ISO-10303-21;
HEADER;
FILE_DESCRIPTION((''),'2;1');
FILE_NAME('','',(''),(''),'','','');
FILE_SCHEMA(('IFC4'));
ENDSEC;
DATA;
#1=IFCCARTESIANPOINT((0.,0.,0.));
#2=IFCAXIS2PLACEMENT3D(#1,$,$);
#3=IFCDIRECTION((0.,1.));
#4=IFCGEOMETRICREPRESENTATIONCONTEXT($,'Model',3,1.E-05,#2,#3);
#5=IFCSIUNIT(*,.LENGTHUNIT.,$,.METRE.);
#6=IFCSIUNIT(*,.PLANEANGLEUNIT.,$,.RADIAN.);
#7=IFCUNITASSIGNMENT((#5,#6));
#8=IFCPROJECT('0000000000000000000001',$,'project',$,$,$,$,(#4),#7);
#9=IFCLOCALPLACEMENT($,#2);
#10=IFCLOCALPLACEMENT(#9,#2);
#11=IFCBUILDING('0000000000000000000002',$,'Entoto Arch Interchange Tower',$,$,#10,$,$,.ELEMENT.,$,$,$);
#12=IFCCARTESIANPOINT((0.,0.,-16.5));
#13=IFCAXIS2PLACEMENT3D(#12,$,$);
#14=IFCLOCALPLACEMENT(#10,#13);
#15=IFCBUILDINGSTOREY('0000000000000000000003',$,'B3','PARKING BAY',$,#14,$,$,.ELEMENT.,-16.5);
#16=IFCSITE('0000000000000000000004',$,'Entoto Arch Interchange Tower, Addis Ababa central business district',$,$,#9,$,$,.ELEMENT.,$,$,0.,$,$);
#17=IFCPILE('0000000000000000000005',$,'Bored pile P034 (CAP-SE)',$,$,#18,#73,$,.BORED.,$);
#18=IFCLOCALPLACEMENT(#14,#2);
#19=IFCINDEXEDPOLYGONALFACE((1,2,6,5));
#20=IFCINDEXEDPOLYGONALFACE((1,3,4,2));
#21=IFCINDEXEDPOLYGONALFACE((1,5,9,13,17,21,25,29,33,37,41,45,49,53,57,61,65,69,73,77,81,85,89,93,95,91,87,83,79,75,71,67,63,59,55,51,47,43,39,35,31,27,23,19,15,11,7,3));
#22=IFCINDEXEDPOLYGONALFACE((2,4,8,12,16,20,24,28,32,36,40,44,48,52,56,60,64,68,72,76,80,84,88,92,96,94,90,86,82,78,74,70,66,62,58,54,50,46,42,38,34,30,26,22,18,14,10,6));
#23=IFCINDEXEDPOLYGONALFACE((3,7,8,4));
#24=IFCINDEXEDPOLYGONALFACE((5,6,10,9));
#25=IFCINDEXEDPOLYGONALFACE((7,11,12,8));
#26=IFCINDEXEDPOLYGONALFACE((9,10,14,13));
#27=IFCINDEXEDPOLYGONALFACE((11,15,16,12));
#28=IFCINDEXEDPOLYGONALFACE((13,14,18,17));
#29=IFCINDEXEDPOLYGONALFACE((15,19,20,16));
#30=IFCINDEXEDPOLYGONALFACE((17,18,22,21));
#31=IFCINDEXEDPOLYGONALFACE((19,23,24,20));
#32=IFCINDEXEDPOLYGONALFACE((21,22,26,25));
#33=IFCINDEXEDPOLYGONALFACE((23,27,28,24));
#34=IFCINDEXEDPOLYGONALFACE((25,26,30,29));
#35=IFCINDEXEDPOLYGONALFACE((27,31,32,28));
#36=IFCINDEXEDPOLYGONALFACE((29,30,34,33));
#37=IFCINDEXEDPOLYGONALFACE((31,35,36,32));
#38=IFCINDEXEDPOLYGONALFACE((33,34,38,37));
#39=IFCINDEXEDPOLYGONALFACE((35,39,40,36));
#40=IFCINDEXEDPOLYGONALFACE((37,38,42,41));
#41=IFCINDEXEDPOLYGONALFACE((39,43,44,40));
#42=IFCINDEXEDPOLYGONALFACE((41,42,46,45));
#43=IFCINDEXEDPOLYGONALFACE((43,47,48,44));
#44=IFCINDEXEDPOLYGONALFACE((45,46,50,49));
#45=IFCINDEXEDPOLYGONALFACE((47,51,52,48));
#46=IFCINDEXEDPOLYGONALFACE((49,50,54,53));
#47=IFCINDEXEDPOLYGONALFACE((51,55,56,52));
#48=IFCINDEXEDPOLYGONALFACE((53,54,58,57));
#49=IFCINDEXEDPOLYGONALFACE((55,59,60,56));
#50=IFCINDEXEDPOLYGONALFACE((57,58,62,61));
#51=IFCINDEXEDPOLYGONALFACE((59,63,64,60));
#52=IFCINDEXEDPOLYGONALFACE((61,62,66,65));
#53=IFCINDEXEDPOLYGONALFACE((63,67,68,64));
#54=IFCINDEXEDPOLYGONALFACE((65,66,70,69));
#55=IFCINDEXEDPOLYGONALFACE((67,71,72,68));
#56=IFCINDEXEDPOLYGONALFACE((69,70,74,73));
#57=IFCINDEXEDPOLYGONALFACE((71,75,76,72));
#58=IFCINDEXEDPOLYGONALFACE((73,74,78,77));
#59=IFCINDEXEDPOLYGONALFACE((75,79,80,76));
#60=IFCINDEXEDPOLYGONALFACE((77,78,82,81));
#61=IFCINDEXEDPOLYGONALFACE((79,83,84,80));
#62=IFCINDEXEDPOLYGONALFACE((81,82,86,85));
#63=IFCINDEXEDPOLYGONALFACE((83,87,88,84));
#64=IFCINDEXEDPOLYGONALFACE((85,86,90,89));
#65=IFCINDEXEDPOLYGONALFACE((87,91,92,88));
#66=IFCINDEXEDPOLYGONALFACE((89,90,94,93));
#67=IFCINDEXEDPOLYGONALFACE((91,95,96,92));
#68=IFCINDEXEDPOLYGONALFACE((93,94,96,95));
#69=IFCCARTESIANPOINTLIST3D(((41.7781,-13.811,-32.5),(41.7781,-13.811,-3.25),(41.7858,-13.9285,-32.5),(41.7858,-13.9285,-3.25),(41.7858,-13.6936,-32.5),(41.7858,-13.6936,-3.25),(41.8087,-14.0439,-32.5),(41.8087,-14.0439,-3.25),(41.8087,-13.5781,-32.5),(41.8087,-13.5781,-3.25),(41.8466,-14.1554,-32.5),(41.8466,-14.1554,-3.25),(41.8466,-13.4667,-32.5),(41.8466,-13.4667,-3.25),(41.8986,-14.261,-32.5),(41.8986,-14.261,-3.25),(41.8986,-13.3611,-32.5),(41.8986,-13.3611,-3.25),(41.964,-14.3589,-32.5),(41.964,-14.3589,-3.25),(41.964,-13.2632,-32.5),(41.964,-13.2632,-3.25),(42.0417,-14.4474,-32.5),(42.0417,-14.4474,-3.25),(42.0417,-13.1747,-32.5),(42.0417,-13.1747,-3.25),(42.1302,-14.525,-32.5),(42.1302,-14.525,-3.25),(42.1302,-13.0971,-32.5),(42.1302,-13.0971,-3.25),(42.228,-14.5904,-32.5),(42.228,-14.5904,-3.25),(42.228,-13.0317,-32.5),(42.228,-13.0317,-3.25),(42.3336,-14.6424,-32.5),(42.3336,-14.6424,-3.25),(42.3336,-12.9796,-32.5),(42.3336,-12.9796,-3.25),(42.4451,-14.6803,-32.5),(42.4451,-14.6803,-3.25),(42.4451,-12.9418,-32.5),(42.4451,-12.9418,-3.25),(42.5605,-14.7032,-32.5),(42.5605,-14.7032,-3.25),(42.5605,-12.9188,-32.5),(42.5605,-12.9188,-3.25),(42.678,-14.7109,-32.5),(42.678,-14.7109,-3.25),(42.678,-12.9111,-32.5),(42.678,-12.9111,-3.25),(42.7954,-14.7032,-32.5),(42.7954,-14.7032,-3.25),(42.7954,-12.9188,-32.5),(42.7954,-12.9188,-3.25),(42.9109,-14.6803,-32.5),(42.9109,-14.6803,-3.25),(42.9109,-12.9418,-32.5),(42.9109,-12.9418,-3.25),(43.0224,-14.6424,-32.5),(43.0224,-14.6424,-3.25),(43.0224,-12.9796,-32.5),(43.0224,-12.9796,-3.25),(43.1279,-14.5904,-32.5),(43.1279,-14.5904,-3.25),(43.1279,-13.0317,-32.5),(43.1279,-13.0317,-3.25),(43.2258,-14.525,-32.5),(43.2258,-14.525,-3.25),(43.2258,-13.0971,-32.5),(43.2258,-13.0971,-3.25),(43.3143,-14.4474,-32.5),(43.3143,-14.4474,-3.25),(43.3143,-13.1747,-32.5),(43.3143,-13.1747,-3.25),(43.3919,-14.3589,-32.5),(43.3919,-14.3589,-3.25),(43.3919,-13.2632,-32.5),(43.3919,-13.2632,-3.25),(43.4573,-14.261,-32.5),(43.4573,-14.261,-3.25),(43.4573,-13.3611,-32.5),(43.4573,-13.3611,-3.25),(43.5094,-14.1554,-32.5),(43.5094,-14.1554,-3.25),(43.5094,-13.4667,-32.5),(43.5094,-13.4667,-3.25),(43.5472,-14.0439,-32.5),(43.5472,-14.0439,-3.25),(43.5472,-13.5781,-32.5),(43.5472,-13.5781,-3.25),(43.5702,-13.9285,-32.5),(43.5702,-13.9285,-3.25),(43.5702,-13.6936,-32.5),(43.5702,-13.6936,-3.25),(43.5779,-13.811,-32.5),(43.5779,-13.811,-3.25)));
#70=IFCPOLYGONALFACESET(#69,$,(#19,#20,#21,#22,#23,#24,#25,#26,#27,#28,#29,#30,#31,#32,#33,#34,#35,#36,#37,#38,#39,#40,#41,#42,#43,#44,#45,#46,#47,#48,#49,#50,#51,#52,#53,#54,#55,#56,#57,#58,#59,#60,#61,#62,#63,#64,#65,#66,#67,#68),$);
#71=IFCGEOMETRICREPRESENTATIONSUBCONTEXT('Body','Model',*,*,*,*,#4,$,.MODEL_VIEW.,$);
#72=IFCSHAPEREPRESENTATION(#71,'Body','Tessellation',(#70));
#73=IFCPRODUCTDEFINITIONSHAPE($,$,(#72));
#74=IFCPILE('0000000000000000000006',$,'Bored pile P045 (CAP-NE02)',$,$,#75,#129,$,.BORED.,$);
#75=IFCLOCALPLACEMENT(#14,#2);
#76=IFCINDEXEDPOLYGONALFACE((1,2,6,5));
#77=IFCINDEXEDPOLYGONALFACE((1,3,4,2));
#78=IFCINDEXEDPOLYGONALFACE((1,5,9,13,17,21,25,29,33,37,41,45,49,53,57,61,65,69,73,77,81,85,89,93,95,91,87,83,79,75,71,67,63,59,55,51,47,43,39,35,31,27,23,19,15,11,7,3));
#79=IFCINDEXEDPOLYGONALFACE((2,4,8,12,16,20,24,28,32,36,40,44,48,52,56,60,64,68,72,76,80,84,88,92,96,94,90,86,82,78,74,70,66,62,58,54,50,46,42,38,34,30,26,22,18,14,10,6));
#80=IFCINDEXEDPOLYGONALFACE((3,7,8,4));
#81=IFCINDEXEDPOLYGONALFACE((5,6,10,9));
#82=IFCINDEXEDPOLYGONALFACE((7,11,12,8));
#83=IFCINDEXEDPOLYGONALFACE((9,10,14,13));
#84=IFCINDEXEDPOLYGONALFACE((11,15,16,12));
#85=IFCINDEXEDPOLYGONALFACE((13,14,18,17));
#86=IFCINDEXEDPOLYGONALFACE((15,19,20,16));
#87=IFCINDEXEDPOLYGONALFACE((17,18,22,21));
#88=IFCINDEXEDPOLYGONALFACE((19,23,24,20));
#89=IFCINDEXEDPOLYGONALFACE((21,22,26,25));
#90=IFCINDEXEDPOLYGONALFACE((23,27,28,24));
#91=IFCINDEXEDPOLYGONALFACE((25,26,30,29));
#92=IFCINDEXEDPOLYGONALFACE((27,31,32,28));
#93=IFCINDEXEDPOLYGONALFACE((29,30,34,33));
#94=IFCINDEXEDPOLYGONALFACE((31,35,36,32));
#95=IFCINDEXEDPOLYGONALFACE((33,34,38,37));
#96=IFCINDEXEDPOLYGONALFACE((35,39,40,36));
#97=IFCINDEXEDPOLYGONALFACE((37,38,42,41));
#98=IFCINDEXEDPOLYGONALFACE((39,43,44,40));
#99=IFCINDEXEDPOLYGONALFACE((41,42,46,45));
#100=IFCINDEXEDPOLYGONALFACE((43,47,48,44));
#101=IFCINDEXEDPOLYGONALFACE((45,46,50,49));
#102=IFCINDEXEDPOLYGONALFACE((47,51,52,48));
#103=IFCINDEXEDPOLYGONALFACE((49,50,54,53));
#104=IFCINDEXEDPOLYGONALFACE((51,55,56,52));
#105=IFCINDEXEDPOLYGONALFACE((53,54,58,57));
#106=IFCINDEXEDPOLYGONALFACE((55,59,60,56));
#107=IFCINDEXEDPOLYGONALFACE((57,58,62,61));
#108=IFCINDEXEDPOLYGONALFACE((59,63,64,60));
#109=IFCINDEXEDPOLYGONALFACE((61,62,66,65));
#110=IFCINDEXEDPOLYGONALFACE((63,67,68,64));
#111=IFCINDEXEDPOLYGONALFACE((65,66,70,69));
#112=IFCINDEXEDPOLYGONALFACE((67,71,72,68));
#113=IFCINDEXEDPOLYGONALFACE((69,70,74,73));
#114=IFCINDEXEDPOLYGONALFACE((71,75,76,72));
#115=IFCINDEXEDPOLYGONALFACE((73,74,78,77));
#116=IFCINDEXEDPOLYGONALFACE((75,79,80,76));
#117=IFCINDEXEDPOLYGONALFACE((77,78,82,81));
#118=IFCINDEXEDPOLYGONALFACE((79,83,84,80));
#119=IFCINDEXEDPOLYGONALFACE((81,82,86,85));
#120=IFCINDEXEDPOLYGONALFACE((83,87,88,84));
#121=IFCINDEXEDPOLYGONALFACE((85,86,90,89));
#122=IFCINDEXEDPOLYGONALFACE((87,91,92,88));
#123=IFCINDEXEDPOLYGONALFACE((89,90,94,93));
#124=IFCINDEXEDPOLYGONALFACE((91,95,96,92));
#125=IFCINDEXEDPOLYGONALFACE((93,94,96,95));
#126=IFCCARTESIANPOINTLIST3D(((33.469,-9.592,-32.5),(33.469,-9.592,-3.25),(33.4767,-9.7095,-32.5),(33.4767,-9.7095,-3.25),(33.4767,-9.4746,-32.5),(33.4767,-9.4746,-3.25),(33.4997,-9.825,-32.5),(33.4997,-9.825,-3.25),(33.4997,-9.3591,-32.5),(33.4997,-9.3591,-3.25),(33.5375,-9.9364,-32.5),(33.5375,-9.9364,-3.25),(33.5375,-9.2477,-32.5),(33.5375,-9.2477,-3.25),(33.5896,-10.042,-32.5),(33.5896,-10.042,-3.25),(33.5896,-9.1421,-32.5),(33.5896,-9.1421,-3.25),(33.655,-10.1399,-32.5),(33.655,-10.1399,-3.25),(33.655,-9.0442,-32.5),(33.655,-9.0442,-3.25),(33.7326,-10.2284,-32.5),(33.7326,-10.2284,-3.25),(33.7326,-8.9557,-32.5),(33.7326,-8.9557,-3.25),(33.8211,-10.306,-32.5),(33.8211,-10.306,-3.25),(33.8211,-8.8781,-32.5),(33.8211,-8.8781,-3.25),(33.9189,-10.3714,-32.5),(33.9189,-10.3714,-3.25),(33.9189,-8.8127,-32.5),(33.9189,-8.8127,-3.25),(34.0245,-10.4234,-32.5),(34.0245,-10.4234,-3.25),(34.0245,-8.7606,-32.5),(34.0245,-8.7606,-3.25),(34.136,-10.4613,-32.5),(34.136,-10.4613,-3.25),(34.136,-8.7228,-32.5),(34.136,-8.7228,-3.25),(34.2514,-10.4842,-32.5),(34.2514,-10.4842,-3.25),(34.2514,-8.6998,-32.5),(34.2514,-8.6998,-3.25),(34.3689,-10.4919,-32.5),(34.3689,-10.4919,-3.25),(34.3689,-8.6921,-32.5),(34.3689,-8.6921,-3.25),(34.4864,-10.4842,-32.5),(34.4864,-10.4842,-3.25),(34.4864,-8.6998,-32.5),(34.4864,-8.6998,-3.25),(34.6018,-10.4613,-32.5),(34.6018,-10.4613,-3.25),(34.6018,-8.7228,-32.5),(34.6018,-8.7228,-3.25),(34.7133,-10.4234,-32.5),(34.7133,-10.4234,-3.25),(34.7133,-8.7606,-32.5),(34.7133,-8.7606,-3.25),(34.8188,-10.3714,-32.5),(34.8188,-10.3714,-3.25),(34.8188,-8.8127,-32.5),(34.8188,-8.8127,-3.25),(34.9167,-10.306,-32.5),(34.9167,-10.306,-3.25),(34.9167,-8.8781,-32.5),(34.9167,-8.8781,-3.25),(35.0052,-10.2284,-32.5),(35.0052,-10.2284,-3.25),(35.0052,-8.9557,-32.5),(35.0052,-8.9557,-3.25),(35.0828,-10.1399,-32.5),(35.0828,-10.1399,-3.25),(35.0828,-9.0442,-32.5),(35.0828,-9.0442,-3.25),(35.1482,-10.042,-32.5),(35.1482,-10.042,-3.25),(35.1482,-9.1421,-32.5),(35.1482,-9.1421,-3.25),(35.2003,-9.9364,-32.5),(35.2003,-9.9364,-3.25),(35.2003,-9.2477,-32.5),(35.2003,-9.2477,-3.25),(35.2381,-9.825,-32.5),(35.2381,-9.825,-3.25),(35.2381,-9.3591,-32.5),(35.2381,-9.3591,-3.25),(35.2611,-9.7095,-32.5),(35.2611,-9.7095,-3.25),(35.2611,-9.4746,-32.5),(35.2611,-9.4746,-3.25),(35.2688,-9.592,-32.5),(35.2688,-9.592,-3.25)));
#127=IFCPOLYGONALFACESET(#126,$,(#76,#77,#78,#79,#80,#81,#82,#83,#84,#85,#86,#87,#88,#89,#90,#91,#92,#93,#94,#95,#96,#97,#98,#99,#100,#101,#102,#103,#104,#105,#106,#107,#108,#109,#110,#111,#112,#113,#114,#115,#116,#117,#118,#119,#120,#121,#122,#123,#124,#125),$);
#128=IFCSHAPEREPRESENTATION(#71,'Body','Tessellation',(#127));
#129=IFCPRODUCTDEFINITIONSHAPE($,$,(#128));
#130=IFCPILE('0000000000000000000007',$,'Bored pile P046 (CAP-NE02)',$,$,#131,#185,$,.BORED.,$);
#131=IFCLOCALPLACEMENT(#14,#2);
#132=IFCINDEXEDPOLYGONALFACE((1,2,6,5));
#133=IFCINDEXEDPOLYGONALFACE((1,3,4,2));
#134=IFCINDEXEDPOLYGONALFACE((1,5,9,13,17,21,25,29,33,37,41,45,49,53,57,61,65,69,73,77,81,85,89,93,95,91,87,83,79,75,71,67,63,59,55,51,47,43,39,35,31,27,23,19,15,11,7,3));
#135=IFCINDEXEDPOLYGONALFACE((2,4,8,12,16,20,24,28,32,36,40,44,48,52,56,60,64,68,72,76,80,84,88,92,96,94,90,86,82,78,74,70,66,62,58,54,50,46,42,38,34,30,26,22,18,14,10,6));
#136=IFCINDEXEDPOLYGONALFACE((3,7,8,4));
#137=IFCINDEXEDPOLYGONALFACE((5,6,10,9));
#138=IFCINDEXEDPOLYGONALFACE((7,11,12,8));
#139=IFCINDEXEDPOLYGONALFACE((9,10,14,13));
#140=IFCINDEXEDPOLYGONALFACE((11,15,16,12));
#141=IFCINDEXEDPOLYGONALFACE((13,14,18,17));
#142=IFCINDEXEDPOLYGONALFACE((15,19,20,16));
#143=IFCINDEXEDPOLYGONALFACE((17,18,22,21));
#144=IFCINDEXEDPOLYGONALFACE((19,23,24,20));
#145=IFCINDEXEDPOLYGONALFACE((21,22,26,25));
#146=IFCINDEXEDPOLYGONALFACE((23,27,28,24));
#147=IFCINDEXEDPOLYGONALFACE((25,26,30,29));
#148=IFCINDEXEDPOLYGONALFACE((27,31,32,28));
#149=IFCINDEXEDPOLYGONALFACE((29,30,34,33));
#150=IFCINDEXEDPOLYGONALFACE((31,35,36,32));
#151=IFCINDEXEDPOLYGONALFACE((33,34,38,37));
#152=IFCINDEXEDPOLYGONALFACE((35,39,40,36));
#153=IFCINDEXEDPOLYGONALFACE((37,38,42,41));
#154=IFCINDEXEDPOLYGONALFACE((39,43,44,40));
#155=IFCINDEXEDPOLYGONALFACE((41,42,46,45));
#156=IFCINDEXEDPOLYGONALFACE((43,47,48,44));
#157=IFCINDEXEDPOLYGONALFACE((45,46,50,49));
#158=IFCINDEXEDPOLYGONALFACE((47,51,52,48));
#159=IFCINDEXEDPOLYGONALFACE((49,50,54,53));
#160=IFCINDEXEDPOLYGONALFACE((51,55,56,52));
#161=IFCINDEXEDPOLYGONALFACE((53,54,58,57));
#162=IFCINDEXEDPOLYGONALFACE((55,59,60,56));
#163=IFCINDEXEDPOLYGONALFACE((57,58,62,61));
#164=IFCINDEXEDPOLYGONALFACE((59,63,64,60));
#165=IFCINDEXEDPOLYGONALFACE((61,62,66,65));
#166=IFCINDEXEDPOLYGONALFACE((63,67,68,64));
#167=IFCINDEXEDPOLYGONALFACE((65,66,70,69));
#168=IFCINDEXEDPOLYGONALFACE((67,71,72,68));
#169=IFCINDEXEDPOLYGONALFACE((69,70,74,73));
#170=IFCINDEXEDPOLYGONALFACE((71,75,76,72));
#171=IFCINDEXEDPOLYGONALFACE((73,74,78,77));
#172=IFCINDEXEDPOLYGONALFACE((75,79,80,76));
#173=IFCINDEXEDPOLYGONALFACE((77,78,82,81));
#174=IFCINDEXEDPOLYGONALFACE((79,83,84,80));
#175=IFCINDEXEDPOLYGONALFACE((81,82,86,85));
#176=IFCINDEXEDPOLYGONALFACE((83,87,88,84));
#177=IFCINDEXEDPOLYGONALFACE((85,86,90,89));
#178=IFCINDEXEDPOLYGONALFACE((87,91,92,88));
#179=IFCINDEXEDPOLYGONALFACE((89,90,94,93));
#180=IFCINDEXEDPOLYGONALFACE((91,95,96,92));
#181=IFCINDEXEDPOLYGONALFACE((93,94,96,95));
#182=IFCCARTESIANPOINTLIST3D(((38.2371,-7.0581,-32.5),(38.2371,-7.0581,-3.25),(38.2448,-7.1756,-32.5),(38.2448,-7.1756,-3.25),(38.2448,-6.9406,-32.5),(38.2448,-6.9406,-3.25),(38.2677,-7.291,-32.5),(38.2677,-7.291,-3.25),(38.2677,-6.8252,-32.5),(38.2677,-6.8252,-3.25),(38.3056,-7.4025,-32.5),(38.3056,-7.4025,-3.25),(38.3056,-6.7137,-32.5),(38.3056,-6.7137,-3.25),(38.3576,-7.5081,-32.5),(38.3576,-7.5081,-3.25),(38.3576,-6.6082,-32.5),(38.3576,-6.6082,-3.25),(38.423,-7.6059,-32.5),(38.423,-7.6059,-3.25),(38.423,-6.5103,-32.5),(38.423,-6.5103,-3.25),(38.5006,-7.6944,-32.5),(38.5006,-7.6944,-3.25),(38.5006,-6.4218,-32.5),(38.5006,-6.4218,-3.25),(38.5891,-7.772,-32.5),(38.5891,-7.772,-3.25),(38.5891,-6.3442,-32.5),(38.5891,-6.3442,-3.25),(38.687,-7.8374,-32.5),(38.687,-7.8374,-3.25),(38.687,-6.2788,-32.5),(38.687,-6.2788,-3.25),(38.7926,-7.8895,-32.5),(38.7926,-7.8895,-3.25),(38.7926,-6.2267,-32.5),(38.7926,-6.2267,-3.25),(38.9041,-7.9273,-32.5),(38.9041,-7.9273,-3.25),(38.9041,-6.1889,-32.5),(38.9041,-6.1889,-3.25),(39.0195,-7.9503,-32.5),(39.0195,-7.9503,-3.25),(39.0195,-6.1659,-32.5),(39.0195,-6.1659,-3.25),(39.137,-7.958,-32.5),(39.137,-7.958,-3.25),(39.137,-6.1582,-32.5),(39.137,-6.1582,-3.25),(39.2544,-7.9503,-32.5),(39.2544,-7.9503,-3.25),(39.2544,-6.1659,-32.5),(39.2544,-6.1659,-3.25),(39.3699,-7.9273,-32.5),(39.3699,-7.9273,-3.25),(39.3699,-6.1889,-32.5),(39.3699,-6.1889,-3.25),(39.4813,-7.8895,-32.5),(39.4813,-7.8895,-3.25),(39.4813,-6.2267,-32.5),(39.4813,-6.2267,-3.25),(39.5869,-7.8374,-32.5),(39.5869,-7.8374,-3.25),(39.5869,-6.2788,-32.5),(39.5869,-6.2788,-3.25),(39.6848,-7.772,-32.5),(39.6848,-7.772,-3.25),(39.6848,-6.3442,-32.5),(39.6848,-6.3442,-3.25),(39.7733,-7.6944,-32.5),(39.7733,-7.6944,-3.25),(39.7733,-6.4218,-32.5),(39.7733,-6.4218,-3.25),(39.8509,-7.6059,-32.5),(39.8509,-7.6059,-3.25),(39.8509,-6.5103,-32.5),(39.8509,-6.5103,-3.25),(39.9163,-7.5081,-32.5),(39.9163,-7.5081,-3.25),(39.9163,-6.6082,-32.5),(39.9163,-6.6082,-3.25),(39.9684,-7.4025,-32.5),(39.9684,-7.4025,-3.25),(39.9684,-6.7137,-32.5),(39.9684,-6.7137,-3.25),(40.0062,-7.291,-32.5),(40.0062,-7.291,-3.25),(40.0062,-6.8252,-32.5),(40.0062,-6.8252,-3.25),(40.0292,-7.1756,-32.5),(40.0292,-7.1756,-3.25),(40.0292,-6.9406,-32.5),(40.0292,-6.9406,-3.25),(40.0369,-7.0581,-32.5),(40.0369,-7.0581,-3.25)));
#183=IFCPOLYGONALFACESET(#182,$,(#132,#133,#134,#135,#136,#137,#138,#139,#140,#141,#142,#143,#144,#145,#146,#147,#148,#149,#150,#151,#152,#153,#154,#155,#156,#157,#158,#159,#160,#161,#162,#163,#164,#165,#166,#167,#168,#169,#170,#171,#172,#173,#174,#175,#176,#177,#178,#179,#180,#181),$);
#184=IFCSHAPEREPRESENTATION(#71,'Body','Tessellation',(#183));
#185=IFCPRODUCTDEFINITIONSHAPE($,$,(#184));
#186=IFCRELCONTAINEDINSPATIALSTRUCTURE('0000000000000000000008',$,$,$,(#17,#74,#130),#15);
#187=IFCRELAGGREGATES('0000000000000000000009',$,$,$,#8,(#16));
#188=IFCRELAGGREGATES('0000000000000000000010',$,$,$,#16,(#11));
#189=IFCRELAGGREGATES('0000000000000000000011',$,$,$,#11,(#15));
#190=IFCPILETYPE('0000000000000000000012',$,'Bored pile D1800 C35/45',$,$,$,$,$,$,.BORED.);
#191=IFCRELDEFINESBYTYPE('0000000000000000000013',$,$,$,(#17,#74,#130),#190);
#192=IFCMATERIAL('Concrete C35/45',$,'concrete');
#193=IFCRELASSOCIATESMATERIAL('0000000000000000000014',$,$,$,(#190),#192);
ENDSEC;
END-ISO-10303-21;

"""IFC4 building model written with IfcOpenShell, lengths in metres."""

from ifc_helpers import new_model, si_unit, direction, frame, origin, origin_2d, place, context, subcontext, project, spatial, circle, extrude, material, material_profile, profile_set, type_object, element, save


model = new_model("IFC4")

# Units and contexts
model_context = context("Model", 3, precision=1e-05, world=origin(), true_north=direction((0.0, 1.0)))
body_context = subcontext(model_context, "Body", "Model", "MODEL_VIEW")
ifc_project = project(units=[si_unit("LENGTHUNIT", "METRE"), si_unit("PLANEANGLEUNIT", "RADIAN")], contexts=[model_context])

# Site, building, storey
site_placement = place(None, origin())
site = spatial("IfcSite", under=ifc_project, at=site_placement, Name="Entoto Arch Interchange Tower, Addis Ababa central business district", CompositionType="ELEMENT", RefElevation=0.0)
building_placement = place(site_placement, origin())
building = spatial("IfcBuilding", under=site, at=building_placement, Name="Entoto Arch Interchange Tower", CompositionType="ELEMENT")
storey_placement = place(building_placement, frame((0.0, 0.0, -16.5)))
storey = spatial("IfcBuildingStorey", under=building, at=storey_placement, Name="B3", Description="PARKING BAY", CompositionType="ELEMENT", Elevation=-16.5)

# Piles
ifc_material_1 = material(Name="Concrete C35/45", Category="concrete")
ifc_material_profile_1 = material_profile(ifc_material_1, circle(Radius=0.8999, at=origin_2d()))
ifc_profile_set_1 = profile_set([ifc_material_profile_1], Name="Concrete C35/45")
pile_type = type_object("IfcPileType", Name="Bored pile D1800 C35/45", PredefinedType="BORED", material=ifc_profile_set_1)
for number, where, z_axis, x_axis, name in (
    (1, (42.678, -13.811, -3.25), (0.0, 0.0, -1.0), (1.0, 0.0, 0.0), "Bored pile P034 (CAP-SE)"),
    (2, (34.3689, -9.592, -3.25), (0.0, 0.0, -1.0), (1.0, 0.0, 0.0), "Bored pile P045 (CAP-NE02)"),
    (3, (39.137, -7.0581, -3.25), (0.0, 0.0, -1.0), (1.0, 0.0, 0.0), "Bored pile P046 (CAP-NE02)"),
):
    element("IfcPile", number, at=place(storey_placement, frame(where, z_axis=z_axis, x_axis=x_axis)), inside=storey, type_object=pile_type, Name=name, PredefinedType="BORED", context=body_context, shape_type="SweptSolid", body=[
        extrude(circle(Radius=0.8999, at=origin_2d()), origin(), (0.0, 0.0, 1.0), 29.25),
    ])

save(model, "model.ifc")
